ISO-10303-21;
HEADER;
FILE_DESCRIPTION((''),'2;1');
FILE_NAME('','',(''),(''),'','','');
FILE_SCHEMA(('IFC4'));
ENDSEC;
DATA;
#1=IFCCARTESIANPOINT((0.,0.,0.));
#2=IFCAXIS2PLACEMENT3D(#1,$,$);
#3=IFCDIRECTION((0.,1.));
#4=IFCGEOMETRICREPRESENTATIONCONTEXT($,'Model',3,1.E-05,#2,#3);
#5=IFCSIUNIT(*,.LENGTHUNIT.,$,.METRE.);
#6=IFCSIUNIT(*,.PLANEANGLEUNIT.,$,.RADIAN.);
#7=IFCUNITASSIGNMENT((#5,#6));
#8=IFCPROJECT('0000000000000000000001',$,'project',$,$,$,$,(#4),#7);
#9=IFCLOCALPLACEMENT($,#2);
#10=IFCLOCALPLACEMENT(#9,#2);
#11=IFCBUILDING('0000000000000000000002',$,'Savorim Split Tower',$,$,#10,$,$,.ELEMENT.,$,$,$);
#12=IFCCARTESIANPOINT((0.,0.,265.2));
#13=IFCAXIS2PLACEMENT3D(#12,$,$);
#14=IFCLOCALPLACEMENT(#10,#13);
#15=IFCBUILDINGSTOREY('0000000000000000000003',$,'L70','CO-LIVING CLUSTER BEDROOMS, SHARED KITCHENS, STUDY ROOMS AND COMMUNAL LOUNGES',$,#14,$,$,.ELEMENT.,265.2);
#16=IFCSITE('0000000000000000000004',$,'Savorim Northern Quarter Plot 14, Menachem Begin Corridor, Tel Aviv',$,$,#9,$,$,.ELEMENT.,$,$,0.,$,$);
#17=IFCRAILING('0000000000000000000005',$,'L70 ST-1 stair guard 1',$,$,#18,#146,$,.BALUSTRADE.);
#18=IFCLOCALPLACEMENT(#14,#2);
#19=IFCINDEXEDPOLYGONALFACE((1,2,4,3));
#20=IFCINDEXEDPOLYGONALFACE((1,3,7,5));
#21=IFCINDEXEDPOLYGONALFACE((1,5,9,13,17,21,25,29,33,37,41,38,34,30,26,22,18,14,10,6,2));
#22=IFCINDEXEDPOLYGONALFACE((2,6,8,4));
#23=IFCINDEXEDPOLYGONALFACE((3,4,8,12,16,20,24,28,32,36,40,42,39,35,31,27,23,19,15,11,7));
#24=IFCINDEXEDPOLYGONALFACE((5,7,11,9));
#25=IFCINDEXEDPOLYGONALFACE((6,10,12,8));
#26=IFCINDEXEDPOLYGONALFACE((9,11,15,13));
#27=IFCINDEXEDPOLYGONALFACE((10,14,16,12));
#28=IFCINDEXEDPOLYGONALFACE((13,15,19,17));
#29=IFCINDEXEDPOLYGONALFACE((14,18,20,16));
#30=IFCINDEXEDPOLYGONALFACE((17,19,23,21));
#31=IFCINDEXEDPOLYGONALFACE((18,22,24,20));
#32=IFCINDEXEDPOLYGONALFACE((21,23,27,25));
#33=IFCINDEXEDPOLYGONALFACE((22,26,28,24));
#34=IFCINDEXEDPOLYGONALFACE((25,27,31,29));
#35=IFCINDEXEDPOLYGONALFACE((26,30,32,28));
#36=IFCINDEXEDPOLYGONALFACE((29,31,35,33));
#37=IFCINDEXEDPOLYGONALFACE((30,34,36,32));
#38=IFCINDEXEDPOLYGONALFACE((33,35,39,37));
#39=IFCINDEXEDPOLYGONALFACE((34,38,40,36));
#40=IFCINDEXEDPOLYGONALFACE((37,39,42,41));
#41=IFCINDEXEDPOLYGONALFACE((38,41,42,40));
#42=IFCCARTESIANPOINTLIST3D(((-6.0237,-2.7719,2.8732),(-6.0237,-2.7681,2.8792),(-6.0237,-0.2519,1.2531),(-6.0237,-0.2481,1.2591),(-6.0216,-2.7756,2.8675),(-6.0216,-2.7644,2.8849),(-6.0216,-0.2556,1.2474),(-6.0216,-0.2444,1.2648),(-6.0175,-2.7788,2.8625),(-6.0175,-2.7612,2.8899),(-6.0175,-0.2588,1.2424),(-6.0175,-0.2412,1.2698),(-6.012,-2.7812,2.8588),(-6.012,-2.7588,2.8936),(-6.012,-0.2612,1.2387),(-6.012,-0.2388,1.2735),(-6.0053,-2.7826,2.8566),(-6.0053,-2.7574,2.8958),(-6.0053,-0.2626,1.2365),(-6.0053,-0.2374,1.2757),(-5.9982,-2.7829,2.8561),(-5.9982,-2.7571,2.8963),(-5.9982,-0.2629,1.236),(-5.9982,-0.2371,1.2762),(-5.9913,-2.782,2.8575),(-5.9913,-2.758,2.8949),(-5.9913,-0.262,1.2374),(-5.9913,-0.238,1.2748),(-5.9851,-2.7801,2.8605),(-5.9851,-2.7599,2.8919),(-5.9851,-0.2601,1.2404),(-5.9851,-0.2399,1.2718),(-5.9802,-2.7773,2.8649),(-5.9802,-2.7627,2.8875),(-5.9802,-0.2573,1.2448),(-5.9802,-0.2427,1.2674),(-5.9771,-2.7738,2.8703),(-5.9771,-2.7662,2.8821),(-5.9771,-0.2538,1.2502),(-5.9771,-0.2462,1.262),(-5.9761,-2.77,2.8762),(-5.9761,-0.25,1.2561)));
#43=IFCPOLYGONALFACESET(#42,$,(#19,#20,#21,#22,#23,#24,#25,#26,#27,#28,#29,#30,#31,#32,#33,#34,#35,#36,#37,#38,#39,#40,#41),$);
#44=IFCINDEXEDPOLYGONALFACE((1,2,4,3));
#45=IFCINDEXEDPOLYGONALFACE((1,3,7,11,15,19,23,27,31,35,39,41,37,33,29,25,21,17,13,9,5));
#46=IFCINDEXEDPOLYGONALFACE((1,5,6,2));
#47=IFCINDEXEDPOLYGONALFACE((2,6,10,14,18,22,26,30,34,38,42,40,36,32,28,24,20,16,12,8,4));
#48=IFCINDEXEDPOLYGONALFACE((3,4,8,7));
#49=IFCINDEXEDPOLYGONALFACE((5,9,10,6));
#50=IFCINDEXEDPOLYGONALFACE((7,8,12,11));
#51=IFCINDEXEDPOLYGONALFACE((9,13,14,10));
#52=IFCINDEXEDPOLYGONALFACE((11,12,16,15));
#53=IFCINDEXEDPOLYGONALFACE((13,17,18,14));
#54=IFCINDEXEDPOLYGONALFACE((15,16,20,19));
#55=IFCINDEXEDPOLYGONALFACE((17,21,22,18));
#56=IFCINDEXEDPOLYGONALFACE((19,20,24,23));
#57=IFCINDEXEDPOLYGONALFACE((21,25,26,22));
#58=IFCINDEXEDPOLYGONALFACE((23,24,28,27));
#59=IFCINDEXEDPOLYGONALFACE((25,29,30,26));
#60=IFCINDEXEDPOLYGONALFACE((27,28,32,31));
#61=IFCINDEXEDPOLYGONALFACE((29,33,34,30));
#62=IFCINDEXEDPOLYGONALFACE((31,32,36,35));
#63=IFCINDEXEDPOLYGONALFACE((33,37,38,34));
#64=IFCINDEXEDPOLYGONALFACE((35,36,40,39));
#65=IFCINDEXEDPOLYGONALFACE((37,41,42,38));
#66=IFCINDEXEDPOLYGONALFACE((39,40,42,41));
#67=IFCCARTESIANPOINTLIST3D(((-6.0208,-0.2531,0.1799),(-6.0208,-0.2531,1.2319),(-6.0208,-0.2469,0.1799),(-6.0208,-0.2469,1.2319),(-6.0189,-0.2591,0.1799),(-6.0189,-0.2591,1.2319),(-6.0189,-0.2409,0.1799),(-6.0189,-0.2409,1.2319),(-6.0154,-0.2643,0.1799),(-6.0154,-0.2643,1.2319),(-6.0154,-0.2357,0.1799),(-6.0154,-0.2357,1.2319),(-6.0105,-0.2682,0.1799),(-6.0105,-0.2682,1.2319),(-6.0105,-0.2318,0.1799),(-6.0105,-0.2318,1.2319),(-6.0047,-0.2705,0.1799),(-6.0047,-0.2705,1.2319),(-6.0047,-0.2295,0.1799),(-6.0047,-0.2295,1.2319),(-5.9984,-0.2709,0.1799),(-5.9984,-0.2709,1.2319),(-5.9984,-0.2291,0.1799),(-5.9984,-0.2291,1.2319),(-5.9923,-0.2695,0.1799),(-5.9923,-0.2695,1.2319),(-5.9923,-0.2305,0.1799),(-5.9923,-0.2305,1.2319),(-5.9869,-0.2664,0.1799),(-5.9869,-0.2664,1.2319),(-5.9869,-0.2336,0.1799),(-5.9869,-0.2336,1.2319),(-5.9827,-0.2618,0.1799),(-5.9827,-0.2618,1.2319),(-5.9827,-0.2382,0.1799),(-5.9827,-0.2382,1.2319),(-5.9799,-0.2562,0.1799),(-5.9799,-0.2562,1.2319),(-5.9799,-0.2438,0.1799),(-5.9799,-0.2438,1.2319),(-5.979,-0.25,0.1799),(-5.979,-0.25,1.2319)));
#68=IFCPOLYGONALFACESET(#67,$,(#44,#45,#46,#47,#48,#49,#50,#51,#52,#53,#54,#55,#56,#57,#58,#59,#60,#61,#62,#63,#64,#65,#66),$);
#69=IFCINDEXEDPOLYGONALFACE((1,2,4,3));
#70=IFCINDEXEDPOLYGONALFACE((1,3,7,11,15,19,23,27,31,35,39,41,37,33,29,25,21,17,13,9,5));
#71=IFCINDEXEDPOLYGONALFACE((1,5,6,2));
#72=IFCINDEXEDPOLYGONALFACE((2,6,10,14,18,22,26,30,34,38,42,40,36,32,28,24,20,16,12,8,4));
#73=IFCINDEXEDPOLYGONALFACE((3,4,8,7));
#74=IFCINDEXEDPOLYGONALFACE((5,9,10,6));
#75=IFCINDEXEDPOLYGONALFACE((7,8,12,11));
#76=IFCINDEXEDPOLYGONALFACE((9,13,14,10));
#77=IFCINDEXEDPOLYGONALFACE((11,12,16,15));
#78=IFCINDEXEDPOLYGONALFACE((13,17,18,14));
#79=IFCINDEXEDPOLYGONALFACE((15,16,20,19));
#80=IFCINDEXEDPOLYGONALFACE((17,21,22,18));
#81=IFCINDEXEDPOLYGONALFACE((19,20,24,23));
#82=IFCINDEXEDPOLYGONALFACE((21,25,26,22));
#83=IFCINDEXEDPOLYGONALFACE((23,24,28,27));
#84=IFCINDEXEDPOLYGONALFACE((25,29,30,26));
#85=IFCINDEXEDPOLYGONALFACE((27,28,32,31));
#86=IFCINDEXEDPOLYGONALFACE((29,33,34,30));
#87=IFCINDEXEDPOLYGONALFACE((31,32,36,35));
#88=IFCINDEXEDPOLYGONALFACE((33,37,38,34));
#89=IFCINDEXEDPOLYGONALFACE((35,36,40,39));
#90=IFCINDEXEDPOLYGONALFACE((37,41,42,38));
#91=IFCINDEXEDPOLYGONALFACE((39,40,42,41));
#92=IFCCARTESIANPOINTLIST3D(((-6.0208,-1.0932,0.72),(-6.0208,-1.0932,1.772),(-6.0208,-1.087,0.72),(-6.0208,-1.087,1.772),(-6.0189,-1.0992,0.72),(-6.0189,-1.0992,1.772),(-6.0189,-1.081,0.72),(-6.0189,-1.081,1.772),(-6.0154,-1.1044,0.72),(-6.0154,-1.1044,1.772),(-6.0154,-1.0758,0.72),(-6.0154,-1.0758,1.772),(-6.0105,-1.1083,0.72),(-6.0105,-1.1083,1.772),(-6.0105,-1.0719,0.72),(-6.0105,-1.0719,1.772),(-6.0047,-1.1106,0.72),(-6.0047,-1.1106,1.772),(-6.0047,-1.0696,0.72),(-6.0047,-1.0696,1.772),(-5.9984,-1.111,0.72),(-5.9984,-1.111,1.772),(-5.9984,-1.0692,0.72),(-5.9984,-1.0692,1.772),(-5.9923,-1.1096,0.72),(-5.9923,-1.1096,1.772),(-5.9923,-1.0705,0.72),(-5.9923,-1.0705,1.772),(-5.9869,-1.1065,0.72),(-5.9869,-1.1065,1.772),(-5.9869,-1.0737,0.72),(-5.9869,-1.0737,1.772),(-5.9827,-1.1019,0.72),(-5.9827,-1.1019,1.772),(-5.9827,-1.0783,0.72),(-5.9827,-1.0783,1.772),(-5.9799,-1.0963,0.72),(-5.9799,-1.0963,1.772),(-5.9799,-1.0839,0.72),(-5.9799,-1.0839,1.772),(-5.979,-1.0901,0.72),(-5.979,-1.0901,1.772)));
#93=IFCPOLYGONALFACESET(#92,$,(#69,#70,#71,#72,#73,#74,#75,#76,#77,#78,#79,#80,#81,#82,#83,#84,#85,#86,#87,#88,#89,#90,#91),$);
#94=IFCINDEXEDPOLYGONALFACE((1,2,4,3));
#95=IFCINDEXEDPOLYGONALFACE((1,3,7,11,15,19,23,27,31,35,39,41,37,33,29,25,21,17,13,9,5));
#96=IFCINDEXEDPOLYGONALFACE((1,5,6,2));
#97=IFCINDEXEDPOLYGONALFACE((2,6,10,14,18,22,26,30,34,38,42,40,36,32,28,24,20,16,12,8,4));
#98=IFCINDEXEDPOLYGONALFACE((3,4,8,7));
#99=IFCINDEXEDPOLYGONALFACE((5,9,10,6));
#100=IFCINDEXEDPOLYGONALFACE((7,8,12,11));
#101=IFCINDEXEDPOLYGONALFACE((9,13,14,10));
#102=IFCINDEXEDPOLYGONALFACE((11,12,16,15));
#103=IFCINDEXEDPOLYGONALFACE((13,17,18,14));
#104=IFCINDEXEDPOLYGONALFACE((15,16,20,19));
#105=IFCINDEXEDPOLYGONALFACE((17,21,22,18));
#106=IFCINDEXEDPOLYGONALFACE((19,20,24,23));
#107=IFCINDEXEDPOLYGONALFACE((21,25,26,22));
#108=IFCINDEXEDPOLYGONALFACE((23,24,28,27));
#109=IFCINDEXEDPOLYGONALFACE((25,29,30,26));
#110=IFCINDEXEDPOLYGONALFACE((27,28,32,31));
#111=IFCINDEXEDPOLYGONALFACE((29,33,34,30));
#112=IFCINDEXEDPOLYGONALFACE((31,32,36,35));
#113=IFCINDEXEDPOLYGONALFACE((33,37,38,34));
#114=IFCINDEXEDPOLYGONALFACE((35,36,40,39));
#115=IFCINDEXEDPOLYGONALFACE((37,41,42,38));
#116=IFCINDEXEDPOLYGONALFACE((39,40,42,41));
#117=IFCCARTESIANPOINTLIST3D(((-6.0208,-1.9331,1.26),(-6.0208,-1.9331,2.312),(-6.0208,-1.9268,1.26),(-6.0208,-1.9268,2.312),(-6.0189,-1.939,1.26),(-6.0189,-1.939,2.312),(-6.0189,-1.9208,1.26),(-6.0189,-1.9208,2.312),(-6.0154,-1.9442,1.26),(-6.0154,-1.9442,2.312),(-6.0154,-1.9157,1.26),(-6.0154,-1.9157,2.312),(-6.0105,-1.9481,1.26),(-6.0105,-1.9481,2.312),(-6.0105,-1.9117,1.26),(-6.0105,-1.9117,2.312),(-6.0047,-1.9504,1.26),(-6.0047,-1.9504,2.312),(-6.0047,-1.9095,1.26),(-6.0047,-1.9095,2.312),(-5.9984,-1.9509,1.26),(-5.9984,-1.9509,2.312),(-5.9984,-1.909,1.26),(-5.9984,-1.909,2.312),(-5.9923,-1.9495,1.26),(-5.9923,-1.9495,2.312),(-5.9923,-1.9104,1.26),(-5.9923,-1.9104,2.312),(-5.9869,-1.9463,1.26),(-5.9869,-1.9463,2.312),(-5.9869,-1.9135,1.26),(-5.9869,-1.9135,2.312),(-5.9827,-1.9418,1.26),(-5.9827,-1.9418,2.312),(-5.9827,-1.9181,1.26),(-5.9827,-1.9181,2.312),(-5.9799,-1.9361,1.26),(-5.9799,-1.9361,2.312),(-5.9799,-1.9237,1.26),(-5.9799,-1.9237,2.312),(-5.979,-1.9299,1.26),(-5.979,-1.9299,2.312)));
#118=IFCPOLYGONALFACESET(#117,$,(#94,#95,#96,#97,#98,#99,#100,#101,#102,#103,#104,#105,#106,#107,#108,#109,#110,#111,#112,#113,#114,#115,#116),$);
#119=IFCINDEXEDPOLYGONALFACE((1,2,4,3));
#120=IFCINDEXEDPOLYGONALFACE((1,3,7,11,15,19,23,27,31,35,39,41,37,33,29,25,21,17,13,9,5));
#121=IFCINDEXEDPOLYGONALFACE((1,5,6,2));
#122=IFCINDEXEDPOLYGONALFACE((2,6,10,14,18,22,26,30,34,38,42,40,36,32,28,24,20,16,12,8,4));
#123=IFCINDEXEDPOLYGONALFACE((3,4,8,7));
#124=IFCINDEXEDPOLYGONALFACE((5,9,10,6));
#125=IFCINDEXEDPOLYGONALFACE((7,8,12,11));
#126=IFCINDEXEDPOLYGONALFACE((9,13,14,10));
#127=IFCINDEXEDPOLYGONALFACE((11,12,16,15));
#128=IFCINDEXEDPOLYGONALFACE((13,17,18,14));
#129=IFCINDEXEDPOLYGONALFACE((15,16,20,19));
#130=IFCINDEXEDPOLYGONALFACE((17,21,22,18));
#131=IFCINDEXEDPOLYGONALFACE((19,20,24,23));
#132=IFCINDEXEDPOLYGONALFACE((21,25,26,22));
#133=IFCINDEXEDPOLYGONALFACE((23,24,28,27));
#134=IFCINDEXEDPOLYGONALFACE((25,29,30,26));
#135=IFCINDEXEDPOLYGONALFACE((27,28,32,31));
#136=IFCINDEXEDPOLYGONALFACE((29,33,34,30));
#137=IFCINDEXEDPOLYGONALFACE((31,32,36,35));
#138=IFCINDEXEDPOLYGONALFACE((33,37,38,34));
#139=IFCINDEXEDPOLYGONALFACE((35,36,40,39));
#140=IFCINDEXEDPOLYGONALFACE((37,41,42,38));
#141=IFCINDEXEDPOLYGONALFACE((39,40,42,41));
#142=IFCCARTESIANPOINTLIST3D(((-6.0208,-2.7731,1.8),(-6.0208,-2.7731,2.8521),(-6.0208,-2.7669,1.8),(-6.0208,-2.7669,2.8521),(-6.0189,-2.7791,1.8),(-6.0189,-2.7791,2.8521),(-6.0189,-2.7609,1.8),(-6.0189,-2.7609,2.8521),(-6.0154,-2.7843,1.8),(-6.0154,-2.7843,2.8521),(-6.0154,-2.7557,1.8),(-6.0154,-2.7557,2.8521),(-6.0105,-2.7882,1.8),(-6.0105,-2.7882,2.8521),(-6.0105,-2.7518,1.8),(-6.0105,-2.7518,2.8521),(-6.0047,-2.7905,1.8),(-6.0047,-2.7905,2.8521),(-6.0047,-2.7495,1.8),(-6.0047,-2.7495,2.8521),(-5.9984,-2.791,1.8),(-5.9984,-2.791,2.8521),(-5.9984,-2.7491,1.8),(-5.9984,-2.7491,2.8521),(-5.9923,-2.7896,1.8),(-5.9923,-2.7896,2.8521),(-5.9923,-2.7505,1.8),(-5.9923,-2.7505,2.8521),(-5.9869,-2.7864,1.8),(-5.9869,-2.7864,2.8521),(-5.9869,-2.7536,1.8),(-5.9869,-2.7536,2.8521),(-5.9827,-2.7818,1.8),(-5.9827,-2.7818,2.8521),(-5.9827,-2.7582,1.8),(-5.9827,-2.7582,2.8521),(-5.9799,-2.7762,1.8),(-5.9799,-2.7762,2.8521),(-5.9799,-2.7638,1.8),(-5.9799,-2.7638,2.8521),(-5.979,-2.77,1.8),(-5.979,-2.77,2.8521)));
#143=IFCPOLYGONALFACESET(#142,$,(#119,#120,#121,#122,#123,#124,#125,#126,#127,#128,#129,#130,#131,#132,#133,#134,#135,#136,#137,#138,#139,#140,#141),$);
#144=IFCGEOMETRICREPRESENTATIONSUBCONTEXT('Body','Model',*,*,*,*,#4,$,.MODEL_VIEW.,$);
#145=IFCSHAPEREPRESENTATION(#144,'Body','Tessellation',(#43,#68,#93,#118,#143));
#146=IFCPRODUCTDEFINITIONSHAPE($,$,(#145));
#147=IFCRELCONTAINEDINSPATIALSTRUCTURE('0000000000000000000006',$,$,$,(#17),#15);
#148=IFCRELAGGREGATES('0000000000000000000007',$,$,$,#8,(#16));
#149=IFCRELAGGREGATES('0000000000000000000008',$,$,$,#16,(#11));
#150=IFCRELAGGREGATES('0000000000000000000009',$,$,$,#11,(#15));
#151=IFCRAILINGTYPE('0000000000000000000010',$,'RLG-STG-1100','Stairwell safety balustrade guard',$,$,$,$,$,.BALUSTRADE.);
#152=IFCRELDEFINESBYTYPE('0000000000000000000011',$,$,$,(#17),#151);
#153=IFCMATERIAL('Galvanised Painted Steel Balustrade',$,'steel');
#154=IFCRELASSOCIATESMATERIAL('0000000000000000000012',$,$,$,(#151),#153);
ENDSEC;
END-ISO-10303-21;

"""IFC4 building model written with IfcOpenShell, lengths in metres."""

from ifc_helpers import new_model, si_unit, direction, frame, origin, origin_2d, place, context, subcontext, project, spatial, circle, extrude, material, type_object, element, save


model = new_model("IFC4")

# Units and contexts
model_context = context("Model", 3, precision=1e-05, world=origin(), true_north=direction((0.0, 1.0)))
body_context = subcontext(model_context, "Body", "Model", "MODEL_VIEW")
ifc_project = project(units=[si_unit("LENGTHUNIT", "METRE"), si_unit("PLANEANGLEUNIT", "RADIAN")], contexts=[model_context])

# Site, building, storey
site_placement = place(None, origin())
site = spatial("IfcSite", under=ifc_project, at=site_placement, Name="Savorim Northern Quarter Plot 14, Menachem Begin Corridor, Tel Aviv", CompositionType="ELEMENT", RefElevation=0.0)
building_placement = place(site_placement, origin())
building = spatial("IfcBuilding", under=site, at=building_placement, Name="Savorim Split Tower", CompositionType="ELEMENT")
storey_placement = place(building_placement, frame((0.0, 0.0, 265.2)))
storey = spatial("IfcBuildingStorey", under=building, at=storey_placement, Name="L70", Description="CO-LIVING CLUSTER BEDROOMS, SHARED KITCHENS, STUDY ROOMS AND COMMUNAL LOUNGES", CompositionType="ELEMENT", Elevation=265.2)

# Railing
ifc_material_1 = material(Name="Galvanised Painted Steel Balustrade", Category="steel")
railing_type_1 = type_object("IfcRailingType", Name="RLG-STG-1100", Description="Stairwell safety balustrade guard", PredefinedType="BALUSTRADE", material=ifc_material_1)
railing_1_placement = place(storey_placement, frame((-6.0, -0.25, 0.1799)))
element("IfcRailing", 1, at=railing_1_placement, inside=storey, type_object=railing_type_1, Name="L70 ST-1 stair guard 1", PredefinedType="BALUSTRADE", context=body_context, shape_type="SweptSolid", body=[
    extrude(circle(Radius=0.0239, at=origin_2d()), frame((0.0, 0.0, 1.0762), z_axis=(0.0, -0.841163, 0.540782), x_axis=(1.0, 0.0, 0.0)), (0.0, 0.0, 1.0), 2.9958),
    extrude(circle(Radius=0.021, at=origin_2d()), origin(), (0.0, 0.0, 1.0), 1.052),
    extrude(circle(Radius=0.021, at=origin_2d()), frame((0.0, -0.8401, 0.54)), (0.0, 0.0, 1.0), 1.052),
    extrude(circle(Radius=0.021, at=origin_2d()), frame((0.0, -1.6799, 1.0801)), (0.0, 0.0, 1.0), 1.052),
    extrude(circle(Radius=0.021, at=origin_2d()), frame((0.0, -2.52, 1.6201)), (0.0, 0.0, 1.0), 1.052),
])

save(model, "model.ifc")
